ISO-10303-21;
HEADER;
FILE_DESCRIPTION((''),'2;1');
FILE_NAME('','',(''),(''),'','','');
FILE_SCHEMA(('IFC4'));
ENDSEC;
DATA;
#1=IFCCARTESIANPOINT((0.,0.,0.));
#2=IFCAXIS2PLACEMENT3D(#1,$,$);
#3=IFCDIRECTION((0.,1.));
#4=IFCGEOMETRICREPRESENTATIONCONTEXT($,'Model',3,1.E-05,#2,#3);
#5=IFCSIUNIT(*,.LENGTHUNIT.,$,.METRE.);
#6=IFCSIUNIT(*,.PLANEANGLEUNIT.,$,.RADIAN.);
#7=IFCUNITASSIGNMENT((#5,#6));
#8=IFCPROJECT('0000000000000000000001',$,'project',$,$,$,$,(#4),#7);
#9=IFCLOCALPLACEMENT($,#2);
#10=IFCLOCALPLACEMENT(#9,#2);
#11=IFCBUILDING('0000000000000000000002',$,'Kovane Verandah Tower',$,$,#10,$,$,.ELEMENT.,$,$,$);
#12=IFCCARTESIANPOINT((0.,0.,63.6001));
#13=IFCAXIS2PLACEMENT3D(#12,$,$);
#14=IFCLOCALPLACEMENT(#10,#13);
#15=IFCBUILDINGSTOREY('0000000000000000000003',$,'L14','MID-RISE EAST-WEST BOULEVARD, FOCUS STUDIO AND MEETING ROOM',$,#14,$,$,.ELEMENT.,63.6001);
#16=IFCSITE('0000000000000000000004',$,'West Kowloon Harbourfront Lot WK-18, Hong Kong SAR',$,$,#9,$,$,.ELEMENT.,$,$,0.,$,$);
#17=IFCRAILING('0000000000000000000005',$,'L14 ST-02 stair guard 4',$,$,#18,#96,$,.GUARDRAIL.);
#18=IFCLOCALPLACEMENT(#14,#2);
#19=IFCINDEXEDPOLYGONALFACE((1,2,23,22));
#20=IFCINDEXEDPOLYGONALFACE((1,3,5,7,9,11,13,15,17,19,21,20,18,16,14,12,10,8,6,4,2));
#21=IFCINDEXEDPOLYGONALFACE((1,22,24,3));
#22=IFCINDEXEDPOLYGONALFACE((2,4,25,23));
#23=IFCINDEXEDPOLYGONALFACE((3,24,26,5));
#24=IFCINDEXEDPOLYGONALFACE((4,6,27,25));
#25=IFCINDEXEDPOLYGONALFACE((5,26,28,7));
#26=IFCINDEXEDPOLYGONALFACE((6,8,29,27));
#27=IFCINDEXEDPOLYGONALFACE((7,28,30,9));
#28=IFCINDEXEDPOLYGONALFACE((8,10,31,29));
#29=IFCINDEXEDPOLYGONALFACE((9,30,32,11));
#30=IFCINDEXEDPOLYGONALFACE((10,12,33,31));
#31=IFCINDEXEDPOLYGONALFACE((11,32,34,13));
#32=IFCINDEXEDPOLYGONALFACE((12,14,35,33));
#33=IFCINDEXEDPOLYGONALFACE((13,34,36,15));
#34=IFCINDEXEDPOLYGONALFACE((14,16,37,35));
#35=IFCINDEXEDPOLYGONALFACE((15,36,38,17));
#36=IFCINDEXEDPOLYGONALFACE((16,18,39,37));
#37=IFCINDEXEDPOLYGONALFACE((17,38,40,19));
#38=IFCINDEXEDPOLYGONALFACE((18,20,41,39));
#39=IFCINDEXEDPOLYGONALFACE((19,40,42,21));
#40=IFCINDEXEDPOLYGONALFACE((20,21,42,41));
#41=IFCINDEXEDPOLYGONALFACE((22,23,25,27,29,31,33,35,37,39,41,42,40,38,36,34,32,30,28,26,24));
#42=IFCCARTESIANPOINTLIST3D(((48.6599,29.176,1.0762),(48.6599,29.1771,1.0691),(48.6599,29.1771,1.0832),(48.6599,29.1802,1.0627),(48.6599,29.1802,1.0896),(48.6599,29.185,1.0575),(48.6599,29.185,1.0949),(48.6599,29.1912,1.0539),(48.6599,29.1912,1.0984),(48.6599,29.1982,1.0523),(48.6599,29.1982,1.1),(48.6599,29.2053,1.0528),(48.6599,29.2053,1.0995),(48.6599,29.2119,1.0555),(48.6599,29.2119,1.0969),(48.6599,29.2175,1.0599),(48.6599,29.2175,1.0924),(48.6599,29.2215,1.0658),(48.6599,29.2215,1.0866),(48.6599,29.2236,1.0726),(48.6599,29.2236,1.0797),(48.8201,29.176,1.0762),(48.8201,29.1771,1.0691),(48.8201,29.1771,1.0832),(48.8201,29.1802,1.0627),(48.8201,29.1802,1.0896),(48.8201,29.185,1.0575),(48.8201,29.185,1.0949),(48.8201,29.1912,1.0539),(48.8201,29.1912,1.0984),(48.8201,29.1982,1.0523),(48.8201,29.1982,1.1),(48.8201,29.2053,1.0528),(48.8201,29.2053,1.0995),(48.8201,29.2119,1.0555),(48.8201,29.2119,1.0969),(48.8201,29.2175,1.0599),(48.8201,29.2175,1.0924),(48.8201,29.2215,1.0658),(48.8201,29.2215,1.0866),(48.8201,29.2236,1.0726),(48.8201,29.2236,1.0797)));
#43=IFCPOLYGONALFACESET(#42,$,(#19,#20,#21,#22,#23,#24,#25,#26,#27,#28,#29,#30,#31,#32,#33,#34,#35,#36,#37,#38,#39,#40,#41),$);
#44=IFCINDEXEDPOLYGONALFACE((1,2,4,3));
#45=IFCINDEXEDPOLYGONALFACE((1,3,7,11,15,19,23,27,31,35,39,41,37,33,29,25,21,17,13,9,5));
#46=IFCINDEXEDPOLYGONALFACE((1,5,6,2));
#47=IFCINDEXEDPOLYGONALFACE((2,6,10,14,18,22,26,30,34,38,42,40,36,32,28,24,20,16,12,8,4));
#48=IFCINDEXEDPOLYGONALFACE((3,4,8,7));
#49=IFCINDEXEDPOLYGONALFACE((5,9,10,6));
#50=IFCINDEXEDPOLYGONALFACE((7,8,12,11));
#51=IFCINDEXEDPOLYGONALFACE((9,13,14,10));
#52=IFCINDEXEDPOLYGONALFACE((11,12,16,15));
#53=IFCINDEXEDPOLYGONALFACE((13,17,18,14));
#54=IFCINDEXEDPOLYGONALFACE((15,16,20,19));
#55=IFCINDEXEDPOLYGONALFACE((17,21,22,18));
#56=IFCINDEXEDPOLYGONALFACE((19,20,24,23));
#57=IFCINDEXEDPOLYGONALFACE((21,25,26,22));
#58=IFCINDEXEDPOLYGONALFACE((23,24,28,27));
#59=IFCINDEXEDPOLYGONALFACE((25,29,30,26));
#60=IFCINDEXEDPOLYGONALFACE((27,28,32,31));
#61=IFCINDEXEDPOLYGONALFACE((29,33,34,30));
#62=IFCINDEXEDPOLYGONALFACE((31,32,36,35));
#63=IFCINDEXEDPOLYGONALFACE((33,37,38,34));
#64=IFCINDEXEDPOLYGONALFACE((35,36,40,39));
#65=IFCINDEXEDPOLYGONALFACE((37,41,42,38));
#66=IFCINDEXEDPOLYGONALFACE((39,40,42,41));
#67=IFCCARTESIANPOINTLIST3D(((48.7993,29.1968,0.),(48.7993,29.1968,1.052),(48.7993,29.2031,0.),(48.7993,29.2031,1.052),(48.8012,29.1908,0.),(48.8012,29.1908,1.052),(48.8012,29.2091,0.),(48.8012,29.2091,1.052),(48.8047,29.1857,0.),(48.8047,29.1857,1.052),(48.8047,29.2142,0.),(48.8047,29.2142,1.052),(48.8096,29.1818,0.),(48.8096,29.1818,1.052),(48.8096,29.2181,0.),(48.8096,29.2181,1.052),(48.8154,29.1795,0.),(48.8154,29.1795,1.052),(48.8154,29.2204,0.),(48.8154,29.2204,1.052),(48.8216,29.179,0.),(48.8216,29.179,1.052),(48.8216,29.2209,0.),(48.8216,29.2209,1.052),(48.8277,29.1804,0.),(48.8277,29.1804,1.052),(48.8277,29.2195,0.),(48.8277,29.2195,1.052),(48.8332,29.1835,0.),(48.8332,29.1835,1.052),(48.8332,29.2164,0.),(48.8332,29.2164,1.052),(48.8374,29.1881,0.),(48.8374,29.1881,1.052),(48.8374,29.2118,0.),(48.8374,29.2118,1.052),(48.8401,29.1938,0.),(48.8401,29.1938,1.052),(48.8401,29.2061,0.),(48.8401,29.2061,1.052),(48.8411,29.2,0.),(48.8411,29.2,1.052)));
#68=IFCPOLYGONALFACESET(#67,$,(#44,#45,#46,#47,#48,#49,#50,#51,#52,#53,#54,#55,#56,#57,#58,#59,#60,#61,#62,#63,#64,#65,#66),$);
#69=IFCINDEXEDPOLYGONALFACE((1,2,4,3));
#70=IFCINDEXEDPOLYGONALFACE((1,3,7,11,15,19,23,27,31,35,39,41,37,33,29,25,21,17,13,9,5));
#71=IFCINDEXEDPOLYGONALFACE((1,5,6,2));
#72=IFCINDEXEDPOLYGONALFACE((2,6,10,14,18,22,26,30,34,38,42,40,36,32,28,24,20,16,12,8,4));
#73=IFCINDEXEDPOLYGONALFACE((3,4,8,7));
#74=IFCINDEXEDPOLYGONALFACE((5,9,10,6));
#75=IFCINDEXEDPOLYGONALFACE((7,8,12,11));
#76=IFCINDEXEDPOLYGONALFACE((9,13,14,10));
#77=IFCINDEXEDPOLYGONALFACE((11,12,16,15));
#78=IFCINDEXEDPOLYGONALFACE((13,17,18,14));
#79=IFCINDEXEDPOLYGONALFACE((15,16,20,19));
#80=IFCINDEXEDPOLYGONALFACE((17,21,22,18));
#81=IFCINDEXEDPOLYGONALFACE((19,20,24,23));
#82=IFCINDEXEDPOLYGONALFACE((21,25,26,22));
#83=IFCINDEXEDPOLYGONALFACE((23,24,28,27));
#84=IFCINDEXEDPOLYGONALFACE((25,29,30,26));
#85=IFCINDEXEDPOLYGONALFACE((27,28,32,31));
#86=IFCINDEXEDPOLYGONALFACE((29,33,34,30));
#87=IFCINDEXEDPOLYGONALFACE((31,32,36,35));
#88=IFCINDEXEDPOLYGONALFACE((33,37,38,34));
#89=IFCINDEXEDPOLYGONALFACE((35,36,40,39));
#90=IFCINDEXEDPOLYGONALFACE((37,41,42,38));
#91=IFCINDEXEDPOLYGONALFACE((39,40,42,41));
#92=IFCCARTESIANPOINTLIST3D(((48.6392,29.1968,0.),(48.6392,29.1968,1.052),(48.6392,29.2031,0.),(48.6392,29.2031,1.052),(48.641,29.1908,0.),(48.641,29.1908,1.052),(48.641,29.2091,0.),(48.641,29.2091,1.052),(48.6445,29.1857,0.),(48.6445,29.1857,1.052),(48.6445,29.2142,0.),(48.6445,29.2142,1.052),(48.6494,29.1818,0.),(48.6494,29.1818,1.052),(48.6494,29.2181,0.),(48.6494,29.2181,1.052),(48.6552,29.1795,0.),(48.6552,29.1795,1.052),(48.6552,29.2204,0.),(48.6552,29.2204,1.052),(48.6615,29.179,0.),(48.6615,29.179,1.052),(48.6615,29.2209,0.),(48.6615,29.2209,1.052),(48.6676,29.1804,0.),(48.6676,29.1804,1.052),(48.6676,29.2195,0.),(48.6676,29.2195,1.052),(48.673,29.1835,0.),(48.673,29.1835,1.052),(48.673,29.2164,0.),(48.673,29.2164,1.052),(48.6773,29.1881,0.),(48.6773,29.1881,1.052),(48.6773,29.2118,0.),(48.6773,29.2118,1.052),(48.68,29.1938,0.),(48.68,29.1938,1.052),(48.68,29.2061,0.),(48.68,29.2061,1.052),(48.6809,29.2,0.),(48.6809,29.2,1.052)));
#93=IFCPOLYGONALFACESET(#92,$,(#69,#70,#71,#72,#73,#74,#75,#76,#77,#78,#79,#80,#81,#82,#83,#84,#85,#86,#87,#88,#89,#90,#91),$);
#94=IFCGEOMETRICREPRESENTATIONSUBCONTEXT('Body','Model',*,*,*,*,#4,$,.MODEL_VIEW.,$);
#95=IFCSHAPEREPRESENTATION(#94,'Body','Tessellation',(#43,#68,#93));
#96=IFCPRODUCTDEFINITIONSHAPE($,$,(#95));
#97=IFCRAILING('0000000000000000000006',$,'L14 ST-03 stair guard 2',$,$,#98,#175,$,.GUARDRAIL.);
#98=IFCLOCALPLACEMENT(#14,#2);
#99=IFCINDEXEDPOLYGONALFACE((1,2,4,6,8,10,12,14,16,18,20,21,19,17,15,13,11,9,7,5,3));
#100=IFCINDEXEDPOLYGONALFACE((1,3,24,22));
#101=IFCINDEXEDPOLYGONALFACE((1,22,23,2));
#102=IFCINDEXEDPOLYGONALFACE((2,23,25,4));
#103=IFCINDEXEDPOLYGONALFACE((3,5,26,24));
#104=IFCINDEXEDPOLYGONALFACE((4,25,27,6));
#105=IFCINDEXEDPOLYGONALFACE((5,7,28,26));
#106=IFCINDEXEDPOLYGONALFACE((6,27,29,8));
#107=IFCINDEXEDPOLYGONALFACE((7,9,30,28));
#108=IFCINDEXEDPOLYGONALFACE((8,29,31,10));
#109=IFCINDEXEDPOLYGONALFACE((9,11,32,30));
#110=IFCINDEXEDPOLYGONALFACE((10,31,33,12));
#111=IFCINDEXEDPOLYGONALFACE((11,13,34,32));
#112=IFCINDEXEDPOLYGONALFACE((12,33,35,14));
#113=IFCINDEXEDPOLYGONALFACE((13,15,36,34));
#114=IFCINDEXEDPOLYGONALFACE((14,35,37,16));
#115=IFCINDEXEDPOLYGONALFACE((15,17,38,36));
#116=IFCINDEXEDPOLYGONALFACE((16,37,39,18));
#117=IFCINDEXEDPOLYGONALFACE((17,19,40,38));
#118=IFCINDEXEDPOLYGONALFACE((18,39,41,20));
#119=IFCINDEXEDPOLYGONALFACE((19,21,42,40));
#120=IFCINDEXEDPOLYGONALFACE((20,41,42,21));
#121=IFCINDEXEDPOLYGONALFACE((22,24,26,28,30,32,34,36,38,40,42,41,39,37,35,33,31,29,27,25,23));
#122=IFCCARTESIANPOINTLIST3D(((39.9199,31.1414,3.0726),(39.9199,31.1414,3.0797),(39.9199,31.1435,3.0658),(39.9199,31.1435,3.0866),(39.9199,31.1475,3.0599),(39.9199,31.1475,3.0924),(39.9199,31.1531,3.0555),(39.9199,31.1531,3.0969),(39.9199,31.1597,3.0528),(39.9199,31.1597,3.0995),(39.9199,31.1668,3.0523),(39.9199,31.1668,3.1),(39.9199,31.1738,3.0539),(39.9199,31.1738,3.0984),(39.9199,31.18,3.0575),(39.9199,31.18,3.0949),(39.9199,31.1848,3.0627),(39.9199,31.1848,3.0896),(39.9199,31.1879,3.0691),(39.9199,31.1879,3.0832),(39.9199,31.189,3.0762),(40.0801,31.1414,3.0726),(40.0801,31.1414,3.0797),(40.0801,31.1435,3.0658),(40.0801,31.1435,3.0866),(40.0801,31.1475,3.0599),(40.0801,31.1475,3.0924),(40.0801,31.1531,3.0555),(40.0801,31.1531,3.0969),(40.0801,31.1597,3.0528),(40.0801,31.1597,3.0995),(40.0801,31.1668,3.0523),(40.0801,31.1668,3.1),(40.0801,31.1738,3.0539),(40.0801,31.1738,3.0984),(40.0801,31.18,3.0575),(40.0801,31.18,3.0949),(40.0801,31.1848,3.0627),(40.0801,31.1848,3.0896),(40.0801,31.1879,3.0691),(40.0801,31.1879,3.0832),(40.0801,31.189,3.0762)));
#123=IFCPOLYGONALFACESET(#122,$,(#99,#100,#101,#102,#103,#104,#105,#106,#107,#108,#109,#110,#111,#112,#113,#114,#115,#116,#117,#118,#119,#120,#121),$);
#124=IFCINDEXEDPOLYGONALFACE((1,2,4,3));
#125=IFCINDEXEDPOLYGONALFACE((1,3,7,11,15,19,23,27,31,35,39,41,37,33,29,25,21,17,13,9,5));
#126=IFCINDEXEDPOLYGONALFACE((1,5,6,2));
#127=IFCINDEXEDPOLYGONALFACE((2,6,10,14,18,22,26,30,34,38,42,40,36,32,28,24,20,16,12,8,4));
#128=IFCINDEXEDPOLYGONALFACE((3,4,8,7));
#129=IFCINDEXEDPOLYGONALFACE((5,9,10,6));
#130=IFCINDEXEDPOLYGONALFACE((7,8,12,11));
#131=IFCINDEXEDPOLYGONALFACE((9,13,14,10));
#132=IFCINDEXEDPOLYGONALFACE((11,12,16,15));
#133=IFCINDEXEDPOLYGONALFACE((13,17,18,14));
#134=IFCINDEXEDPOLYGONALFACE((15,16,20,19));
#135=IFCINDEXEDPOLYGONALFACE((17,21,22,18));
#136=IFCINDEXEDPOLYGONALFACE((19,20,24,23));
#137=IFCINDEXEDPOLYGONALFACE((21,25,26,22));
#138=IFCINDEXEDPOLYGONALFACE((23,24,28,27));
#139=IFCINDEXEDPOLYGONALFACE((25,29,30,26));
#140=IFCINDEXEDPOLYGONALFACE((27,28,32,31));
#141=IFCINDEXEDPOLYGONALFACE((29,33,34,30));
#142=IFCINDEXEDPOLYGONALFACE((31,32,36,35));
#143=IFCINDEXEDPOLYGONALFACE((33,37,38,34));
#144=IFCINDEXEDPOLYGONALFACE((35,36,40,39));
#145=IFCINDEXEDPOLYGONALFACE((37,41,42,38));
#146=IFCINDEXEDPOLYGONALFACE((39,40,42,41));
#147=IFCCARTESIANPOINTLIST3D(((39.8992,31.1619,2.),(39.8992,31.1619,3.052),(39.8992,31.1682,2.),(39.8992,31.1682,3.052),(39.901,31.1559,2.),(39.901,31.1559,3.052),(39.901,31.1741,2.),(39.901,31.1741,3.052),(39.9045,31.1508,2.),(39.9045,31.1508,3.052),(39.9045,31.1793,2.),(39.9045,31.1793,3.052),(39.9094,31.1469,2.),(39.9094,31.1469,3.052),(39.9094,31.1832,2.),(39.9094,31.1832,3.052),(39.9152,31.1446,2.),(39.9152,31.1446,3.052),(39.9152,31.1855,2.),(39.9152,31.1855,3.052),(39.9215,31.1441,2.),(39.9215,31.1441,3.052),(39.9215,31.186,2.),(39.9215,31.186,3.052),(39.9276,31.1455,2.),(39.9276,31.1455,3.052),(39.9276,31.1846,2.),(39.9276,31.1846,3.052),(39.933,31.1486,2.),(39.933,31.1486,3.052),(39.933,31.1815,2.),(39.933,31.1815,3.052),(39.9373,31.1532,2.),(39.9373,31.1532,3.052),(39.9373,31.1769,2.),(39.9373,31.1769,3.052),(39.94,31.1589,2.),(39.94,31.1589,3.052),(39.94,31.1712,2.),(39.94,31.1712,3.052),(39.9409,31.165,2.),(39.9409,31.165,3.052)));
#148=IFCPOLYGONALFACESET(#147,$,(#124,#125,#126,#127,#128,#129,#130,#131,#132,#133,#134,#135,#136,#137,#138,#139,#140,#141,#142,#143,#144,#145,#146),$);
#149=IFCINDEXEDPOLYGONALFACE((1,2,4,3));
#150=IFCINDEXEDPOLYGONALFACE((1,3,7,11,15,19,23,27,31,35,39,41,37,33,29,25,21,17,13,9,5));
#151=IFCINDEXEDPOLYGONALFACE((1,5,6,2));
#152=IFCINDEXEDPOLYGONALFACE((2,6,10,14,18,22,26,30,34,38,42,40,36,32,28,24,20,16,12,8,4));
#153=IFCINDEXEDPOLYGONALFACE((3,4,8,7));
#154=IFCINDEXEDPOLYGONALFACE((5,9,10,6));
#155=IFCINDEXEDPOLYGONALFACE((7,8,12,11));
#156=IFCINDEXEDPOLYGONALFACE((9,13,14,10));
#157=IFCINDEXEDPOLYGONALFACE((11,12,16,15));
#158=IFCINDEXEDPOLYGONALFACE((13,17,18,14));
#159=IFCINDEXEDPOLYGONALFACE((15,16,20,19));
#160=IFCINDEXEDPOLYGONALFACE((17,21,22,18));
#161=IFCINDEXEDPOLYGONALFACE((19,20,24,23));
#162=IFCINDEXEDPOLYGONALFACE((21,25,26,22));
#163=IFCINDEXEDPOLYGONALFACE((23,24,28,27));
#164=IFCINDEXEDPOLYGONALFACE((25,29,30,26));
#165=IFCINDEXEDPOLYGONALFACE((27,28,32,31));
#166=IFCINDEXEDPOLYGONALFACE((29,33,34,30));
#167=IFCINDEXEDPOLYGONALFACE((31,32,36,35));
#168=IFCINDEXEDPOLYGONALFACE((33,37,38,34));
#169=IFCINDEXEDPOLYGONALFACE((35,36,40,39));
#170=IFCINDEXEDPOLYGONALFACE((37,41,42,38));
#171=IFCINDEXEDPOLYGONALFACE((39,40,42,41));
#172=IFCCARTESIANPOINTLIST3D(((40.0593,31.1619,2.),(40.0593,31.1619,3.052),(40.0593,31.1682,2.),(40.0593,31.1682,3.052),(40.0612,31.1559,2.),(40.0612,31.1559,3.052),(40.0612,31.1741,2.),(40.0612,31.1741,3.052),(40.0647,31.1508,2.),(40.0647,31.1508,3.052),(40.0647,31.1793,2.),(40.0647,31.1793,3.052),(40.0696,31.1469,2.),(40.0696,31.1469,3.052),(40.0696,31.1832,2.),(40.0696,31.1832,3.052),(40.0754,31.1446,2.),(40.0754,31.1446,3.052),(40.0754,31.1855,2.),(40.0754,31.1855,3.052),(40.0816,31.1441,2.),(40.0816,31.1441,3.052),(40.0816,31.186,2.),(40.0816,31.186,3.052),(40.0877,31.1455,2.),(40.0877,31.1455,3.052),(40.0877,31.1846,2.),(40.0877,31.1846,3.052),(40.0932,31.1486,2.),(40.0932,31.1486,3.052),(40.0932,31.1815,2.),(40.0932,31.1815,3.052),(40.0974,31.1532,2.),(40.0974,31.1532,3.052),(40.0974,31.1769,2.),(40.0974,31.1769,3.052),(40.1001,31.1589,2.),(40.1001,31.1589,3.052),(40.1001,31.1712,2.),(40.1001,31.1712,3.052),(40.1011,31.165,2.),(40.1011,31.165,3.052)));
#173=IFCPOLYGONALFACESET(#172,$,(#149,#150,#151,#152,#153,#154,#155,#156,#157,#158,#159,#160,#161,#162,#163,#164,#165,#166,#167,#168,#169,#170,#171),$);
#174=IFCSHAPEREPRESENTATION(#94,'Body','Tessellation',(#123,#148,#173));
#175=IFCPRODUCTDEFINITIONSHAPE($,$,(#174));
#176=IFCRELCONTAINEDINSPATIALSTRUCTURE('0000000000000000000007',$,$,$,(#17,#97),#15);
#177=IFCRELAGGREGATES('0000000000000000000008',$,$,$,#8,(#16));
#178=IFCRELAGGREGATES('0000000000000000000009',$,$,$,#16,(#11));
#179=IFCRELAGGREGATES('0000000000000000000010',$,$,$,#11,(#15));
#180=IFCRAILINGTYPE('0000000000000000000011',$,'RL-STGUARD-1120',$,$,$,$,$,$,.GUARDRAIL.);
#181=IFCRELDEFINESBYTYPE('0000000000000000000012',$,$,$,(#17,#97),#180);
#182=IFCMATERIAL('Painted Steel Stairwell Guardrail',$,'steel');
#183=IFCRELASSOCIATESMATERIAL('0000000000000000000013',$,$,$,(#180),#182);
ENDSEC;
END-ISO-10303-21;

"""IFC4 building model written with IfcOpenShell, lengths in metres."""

from ifc_helpers import new_model, si_unit, direction, frame, origin, origin_2d, place, context, subcontext, project, spatial, circle, extrude, material, type_object, element, save


model = new_model("IFC4")

# Units and contexts
model_context = context("Model", 3, precision=1e-05, world=origin(), true_north=direction((0.0, 1.0)))
body_context = subcontext(model_context, "Body", "Model", "MODEL_VIEW")
ifc_project = project(units=[si_unit("LENGTHUNIT", "METRE"), si_unit("PLANEANGLEUNIT", "RADIAN")], contexts=[model_context])

# Site, building, storey
site_placement = place(None, origin())
site = spatial("IfcSite", under=ifc_project, at=site_placement, Name="West Kowloon Harbourfront Lot WK-18, Hong Kong SAR", CompositionType="ELEMENT", RefElevation=0.0)
building_placement = place(site_placement, origin())
building = spatial("IfcBuilding", under=site, at=building_placement, Name="Kovane Verandah Tower", CompositionType="ELEMENT")
storey_placement = place(building_placement, frame((0.0, 0.0, 63.6001)))
storey = spatial("IfcBuildingStorey", under=building, at=storey_placement, Name="L14", Description="MID-RISE EAST-WEST BOULEVARD, FOCUS STUDIO AND MEETING ROOM", CompositionType="ELEMENT", Elevation=63.6001)

# Railings
ifc_material_1 = material(Name="Painted Steel Stairwell Guardrail", Category="steel")
railing_type_1 = type_object("IfcRailingType", Name="RL-STGUARD-1120", PredefinedType="GUARDRAIL", material=ifc_material_1)
railing_1_placement = place(storey_placement, frame((48.8201, 29.2, 0.0)))
element("IfcRailing", 1, at=railing_1_placement, inside=storey, type_object=railing_type_1, Name="L14 ST-02 stair guard 4", PredefinedType="GUARDRAIL", context=body_context, shape_type="SweptSolid", body=[
    extrude(circle(Radius=0.0239, at=origin_2d()), frame((0.0, 0.0, 1.0762), z_axis=(-1.0, 0.0, 0.0), x_axis=(0.0, -1.0, 0.0)), (0.0, 0.0, 1.0), 0.1602),
    extrude(circle(Radius=0.021, at=origin_2d()), origin(), (0.0, 0.0, 1.0), 1.052),
    extrude(circle(Radius=0.021, at=origin_2d()), frame((-0.1602, 0.0, 0.0)), (0.0, 0.0, 1.0), 1.052),
])
railing_2_placement = place(storey_placement, frame((39.9199, 31.165, 2.0)))
element("IfcRailing", 2, at=railing_2_placement, inside=storey, type_object=railing_type_1, Name="L14 ST-03 stair guard 2", PredefinedType="GUARDRAIL", context=body_context, shape_type="SweptSolid", body=[
    extrude(circle(Radius=0.0239, at=origin_2d()), frame((0.0, 0.0, 1.0762), z_axis=(1.0, 0.0, 0.0), x_axis=(0.0, 1.0, 0.0)), (0.0, 0.0, 1.0), 0.1602),
    extrude(circle(Radius=0.021, at=origin_2d()), origin(), (0.0, 0.0, 1.0), 1.052),
    extrude(circle(Radius=0.021, at=origin_2d()), frame((0.1602, 0.0, 0.0)), (0.0, 0.0, 1.0), 1.052),
])

save(model, "model.ifc")
